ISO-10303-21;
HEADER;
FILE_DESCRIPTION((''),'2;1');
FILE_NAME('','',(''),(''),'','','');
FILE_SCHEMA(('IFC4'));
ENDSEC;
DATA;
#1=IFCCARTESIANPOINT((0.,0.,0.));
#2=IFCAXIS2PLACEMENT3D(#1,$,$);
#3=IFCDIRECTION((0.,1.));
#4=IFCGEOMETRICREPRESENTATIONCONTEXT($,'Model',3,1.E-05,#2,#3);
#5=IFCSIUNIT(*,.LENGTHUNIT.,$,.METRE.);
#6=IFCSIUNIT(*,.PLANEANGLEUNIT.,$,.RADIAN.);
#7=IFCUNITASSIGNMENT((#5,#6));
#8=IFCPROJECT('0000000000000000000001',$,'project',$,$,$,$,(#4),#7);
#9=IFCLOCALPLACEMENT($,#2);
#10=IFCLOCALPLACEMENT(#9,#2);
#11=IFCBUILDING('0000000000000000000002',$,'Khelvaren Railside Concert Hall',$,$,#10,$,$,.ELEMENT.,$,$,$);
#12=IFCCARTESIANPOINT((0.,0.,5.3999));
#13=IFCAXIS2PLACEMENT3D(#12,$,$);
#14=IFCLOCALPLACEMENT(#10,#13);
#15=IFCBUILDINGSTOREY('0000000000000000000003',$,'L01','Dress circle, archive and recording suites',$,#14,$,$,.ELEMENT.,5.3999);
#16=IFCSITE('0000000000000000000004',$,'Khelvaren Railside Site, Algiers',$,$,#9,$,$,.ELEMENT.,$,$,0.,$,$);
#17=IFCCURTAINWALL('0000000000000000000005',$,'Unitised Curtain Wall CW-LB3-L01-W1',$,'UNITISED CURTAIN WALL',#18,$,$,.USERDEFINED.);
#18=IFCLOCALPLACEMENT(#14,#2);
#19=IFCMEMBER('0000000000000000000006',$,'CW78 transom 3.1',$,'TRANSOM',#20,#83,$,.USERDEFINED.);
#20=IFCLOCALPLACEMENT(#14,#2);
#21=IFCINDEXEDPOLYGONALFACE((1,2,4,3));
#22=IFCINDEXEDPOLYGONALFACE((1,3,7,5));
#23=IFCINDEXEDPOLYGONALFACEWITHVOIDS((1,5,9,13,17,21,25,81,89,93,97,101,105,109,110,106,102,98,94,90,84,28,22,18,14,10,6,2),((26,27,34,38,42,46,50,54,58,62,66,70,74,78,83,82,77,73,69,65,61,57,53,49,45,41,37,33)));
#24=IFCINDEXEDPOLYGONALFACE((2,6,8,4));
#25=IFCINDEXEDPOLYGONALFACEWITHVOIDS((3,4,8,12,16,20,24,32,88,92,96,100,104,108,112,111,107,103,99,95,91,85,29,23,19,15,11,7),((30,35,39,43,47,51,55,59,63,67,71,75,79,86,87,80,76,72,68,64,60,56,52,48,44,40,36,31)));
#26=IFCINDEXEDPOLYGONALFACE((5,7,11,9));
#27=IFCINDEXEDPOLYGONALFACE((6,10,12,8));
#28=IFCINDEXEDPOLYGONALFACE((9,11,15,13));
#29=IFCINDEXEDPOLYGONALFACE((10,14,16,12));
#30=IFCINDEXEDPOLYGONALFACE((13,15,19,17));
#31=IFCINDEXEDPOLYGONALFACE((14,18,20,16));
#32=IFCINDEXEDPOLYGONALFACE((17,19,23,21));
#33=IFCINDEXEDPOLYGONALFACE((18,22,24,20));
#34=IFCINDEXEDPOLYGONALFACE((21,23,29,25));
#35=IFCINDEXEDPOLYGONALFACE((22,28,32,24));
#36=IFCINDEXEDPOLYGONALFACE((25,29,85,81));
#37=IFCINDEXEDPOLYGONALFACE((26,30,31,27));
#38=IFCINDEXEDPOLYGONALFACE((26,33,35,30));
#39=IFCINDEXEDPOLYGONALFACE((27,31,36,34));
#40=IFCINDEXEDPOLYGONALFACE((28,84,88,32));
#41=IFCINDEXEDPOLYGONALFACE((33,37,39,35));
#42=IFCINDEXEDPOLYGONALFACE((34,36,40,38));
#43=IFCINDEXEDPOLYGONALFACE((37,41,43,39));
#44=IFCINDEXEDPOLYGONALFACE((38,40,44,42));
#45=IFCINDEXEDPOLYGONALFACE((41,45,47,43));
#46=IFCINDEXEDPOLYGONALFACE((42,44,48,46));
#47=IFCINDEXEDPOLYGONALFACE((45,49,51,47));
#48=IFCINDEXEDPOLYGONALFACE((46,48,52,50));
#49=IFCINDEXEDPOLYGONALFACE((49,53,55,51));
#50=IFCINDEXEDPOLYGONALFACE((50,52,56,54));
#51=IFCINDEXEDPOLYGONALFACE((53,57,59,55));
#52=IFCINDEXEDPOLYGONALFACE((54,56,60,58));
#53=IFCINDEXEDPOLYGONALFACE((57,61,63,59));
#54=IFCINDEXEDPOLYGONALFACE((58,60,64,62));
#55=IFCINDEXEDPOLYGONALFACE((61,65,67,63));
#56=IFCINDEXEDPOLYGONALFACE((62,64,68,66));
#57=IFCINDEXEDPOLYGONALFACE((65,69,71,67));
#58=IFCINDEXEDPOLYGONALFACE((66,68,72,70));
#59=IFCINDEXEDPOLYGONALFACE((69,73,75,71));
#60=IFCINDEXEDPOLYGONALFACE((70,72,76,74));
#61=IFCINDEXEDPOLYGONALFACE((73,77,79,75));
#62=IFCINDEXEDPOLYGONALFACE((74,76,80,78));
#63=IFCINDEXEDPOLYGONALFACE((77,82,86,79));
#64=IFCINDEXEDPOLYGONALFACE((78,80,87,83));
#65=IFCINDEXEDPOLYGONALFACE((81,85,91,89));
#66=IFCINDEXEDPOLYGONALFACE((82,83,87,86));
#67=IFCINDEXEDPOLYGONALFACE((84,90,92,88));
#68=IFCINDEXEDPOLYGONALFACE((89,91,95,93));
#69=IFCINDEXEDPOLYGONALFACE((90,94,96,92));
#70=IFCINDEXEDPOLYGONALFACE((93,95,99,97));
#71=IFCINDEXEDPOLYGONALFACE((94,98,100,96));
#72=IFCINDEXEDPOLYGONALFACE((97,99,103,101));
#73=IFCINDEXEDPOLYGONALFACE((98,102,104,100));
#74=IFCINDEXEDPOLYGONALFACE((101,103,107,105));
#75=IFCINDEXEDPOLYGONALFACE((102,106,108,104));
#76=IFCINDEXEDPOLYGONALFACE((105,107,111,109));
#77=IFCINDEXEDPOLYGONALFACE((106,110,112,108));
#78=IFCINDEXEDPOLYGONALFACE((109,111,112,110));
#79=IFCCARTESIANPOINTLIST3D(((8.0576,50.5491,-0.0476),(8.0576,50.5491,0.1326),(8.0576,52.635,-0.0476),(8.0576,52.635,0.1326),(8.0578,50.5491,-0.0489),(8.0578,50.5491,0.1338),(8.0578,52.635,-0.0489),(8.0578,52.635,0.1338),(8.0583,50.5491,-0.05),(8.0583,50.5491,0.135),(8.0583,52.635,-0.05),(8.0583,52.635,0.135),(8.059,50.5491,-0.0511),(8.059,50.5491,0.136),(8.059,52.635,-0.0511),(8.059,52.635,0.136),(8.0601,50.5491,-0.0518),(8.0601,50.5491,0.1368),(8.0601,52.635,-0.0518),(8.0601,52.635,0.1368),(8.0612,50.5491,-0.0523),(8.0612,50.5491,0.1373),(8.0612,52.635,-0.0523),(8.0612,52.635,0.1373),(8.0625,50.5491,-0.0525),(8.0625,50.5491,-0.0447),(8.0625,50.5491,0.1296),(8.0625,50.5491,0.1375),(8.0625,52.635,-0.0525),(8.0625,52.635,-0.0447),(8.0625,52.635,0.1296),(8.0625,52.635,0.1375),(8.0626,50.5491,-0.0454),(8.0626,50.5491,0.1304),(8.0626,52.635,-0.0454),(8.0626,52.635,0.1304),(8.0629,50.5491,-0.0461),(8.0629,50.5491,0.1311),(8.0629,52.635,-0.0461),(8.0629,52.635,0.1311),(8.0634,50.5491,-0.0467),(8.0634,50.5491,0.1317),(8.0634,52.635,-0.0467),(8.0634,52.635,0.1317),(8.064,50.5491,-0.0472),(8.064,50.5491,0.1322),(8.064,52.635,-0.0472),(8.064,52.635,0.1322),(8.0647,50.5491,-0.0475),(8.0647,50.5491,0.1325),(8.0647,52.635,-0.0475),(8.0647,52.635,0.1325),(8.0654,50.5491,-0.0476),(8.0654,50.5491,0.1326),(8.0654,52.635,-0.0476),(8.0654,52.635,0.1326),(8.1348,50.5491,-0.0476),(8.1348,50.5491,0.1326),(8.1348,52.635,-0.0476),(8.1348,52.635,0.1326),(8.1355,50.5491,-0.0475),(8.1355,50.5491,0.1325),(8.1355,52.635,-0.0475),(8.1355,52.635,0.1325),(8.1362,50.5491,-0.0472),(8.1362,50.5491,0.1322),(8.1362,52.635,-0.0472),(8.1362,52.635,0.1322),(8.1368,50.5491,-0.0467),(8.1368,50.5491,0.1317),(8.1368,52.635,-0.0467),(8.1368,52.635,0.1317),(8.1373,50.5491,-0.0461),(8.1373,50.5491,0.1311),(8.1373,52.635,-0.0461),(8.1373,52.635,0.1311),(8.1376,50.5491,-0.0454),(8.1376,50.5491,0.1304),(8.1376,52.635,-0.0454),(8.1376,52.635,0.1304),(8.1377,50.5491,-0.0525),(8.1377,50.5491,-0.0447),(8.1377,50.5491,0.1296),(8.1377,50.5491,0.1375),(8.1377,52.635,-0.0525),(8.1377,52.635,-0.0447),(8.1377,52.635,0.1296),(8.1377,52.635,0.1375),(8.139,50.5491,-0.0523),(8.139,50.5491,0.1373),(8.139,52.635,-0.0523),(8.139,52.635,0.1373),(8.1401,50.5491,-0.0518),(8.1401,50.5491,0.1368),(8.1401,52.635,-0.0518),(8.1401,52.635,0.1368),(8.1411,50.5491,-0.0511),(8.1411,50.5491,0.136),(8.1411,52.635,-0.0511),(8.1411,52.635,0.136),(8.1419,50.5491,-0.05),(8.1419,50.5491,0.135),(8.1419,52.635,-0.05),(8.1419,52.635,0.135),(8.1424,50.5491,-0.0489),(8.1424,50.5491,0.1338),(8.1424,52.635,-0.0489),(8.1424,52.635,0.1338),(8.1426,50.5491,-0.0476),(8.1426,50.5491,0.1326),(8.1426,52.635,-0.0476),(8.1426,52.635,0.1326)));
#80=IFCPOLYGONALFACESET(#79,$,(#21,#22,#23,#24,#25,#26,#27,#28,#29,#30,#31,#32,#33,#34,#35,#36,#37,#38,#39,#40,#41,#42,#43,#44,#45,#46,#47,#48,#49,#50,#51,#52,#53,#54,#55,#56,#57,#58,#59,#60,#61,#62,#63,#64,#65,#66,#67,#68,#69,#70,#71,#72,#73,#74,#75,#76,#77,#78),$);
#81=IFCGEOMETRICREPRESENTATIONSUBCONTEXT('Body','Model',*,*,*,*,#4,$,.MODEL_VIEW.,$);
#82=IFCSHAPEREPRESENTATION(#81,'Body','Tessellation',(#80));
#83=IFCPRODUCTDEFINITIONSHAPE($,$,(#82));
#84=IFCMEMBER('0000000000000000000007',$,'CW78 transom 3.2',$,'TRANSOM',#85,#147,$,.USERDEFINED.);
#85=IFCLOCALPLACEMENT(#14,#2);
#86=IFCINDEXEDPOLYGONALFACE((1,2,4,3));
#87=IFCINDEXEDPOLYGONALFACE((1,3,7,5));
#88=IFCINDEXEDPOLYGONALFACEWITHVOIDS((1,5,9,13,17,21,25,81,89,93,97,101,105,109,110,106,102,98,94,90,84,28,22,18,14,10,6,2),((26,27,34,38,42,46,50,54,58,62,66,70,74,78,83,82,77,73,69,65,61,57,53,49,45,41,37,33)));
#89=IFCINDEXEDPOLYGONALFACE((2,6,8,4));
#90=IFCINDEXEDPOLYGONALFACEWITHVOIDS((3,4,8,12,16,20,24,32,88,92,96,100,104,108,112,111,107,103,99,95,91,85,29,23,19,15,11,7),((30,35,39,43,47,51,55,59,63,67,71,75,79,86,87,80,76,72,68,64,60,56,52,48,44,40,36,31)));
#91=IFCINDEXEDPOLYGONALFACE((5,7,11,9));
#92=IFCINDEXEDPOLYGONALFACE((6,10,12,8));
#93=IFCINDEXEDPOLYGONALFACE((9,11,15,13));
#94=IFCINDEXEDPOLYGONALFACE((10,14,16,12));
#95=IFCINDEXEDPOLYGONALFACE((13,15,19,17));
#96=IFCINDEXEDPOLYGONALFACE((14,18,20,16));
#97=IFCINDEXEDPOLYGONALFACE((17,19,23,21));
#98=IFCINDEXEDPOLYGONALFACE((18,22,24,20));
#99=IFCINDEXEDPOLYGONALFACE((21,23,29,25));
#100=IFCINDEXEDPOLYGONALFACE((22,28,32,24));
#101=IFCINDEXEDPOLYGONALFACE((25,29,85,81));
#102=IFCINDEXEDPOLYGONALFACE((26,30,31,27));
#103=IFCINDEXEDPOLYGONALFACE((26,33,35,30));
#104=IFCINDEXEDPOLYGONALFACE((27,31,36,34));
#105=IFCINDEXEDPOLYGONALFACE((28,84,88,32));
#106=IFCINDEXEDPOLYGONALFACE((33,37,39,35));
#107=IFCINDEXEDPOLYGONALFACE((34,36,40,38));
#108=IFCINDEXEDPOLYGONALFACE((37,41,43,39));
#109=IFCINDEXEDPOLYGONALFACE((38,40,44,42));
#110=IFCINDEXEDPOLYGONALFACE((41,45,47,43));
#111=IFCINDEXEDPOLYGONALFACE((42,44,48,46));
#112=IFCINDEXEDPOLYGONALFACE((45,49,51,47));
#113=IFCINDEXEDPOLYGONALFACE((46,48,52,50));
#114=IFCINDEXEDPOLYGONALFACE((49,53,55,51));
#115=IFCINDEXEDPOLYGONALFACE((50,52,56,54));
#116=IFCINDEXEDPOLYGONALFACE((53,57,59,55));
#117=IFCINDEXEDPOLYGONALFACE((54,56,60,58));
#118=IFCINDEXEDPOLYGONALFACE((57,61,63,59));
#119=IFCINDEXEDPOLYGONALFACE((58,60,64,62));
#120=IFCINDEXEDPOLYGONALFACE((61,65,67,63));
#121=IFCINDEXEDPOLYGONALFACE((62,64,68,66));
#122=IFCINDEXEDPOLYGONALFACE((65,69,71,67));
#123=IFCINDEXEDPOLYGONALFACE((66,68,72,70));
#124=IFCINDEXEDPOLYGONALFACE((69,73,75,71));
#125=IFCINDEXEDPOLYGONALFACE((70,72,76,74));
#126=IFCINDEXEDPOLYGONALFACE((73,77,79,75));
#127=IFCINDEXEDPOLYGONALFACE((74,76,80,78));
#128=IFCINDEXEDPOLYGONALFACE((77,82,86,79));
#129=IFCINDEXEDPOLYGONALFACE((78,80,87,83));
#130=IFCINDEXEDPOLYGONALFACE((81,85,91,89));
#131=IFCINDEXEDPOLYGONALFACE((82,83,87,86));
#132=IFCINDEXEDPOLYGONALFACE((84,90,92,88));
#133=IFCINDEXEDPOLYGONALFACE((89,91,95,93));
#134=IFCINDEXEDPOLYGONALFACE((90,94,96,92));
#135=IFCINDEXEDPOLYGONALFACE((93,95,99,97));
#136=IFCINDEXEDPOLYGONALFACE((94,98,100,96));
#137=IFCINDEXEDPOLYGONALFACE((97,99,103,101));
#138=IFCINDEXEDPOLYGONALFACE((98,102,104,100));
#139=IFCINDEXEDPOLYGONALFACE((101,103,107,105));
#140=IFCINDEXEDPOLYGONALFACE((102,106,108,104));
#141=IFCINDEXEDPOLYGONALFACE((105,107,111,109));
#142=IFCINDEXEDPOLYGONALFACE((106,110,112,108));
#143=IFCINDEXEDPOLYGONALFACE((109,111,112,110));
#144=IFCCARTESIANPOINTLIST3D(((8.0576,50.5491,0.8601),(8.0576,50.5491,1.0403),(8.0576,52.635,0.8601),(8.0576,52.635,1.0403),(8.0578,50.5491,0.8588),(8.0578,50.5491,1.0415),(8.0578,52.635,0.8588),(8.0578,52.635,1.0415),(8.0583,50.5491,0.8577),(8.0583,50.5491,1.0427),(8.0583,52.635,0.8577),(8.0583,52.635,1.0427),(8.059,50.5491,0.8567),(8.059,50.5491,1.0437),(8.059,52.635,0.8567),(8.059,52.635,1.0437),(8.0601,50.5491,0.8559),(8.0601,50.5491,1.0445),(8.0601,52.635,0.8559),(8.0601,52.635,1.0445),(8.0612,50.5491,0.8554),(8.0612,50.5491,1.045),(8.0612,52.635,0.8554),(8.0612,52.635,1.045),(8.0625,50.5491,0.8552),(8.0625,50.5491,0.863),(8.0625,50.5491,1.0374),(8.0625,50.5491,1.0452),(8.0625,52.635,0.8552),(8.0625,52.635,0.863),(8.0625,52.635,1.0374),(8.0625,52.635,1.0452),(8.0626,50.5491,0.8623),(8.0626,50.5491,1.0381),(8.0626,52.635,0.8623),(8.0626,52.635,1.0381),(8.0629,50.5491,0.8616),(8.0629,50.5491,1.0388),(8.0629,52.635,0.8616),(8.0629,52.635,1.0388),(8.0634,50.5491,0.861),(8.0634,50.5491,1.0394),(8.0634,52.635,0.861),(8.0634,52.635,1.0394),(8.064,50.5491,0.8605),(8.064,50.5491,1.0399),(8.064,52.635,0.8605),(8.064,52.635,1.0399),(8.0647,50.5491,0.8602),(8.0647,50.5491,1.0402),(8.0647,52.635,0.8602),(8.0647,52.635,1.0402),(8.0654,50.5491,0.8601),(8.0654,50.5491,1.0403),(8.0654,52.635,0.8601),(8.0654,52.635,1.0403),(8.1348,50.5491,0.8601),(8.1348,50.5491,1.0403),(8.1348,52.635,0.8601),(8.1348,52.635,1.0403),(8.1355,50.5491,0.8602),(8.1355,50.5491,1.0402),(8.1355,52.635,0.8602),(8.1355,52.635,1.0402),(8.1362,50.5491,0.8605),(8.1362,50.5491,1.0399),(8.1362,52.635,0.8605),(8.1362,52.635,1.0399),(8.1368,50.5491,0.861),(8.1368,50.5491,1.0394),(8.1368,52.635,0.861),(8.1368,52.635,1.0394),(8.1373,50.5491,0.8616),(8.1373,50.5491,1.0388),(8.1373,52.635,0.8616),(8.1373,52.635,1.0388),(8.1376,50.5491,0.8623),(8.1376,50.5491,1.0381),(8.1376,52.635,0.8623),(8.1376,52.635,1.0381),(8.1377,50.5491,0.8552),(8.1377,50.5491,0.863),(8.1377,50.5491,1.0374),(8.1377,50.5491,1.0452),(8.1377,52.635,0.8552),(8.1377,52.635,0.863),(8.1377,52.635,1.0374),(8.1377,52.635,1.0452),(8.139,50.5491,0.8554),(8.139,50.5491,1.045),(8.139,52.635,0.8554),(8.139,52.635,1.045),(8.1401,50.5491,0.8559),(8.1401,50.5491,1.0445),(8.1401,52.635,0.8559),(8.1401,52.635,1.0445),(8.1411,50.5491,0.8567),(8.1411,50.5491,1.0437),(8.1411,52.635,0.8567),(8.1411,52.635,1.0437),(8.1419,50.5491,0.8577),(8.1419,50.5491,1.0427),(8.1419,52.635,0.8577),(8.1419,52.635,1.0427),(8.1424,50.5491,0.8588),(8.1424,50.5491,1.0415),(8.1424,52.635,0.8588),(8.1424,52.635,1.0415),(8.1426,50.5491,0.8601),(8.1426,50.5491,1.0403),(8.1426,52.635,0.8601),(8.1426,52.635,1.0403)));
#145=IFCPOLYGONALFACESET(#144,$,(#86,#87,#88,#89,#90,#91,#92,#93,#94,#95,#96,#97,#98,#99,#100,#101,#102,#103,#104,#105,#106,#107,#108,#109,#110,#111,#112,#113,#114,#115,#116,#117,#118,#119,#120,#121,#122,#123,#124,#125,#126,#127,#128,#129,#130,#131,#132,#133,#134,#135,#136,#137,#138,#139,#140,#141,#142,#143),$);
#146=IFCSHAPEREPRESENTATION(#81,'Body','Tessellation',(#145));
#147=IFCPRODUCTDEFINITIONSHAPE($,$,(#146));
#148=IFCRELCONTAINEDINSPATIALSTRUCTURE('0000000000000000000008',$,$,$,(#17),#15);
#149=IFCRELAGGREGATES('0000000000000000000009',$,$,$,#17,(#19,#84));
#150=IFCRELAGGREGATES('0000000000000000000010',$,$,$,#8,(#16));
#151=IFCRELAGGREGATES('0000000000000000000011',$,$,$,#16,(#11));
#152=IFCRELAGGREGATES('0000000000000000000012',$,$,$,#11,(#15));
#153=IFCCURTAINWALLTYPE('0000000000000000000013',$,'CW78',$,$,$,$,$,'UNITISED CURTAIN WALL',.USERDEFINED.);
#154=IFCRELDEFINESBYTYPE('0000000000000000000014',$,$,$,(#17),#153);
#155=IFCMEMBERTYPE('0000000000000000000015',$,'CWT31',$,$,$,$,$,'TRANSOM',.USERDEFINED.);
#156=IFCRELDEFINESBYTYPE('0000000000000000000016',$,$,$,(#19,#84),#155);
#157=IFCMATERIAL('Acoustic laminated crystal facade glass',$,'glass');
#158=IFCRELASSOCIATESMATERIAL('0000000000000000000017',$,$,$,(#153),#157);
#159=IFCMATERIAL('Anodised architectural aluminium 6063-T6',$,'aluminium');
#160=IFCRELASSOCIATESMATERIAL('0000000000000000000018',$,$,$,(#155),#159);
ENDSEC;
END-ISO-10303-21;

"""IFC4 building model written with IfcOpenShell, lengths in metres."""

from ifc_helpers import new_model, si_unit, direction, frame, origin, origin_2d, place, context, subcontext, project, spatial, hollow_rectangle, extrude, material, material_profile, profile_set, type_object, element, aggregate, save


model = new_model("IFC4")

# Units and contexts
model_context = context("Model", 3, precision=1e-05, world=origin(), true_north=direction((0.0, 1.0)))
body_context = subcontext(model_context, "Body", "Model", "MODEL_VIEW")
ifc_project = project(units=[si_unit("LENGTHUNIT", "METRE"), si_unit("PLANEANGLEUNIT", "RADIAN")], contexts=[model_context])

# Site, building, storey
site_placement = place(None, origin())
site = spatial("IfcSite", under=ifc_project, at=site_placement, Name="Khelvaren Railside Site, Algiers", CompositionType="ELEMENT", RefElevation=0.0)
building_placement = place(site_placement, origin())
building = spatial("IfcBuilding", under=site, at=building_placement, Name="Khelvaren Railside Concert Hall", CompositionType="ELEMENT")
storey_placement = place(building_placement, frame((0.0, 0.0, 5.3999)))
storey = spatial("IfcBuildingStorey", under=building, at=storey_placement, Name="L01", Description="Dress circle, archive and recording suites", CompositionType="ELEMENT", Elevation=5.3999)

# Curtain wall
ifc_material_1 = material(Name="Acoustic laminated crystal facade glass", Category="glass")
curtain_wall_type = type_object("IfcCurtainWallType", Name="CW78", ElementType="UNITISED CURTAIN WALL", PredefinedType="USERDEFINED", material=ifc_material_1)
curtain_wall_1_placement = place(storey_placement, origin())
curtain_wall_1 = element("IfcCurtainWall", 1, at=curtain_wall_1_placement, inside=storey, type_object=curtain_wall_type, Name="Unitised Curtain Wall CW-LB3-L01-W1", ObjectType="UNITISED CURTAIN WALL", PredefinedType="USERDEFINED")
ifc_material_2 = material(Name="Anodised architectural aluminium 6063-T6", Category="aluminium")

# Members
ifc_material_profile_1 = material_profile(ifc_material_2, hollow_rectangle(XDim=0.085, YDim=0.1899, WallThickness=0.0049, InnerFilletRadius=0.0029, OuterFilletRadius=0.0049, at=origin_2d()), Name="CWT 85x190x5")
ifc_profile_set_1 = profile_set([ifc_material_profile_1], Name="Anodised architectural aluminium 6063-T6")
member_type_1 = type_object("IfcMemberType", Name="CWT31", ElementType="TRANSOM", PredefinedType="USERDEFINED", material=ifc_profile_set_1)
member_1_placement = place(storey_placement, frame((8.1001, 50.5491, 0.0425), z_axis=(0.0, 1.0, 0.0), x_axis=(-1.0, 0.0, 0.0)))
member_1 = element("IfcMember", 2, at=member_1_placement, type_object=member_type_1, Name="CW78 transom 3.1", ObjectType="TRANSOM", PredefinedType="USERDEFINED", context=body_context, shape_type="SweptSolid", body=[
    extrude(hollow_rectangle(XDim=0.085, YDim=0.1899, WallThickness=0.0049, InnerFilletRadius=0.0029, OuterFilletRadius=0.0049, at=origin_2d()), origin(), (0.0, 0.0, 1.0), 2.0859),
])
member_2_placement = place(storey_placement, frame((8.1001, 50.5491, 0.9502), z_axis=(0.0, 1.0, 0.0), x_axis=(-1.0, 0.0, 0.0)))
member_2 = element("IfcMember", 3, at=member_2_placement, type_object=member_type_1, Name="CW78 transom 3.2", ObjectType="TRANSOM", PredefinedType="USERDEFINED", context=body_context, shape_type="SweptSolid", body=[
    extrude(hollow_rectangle(XDim=0.085, YDim=0.1899, WallThickness=0.0049, InnerFilletRadius=0.0029, OuterFilletRadius=0.0049, at=origin_2d()), origin(), (0.0, 0.0, 1.0), 2.0859),
])

aggregate(curtain_wall_1, [member_1, member_2])

save(model, "model.ifc")
